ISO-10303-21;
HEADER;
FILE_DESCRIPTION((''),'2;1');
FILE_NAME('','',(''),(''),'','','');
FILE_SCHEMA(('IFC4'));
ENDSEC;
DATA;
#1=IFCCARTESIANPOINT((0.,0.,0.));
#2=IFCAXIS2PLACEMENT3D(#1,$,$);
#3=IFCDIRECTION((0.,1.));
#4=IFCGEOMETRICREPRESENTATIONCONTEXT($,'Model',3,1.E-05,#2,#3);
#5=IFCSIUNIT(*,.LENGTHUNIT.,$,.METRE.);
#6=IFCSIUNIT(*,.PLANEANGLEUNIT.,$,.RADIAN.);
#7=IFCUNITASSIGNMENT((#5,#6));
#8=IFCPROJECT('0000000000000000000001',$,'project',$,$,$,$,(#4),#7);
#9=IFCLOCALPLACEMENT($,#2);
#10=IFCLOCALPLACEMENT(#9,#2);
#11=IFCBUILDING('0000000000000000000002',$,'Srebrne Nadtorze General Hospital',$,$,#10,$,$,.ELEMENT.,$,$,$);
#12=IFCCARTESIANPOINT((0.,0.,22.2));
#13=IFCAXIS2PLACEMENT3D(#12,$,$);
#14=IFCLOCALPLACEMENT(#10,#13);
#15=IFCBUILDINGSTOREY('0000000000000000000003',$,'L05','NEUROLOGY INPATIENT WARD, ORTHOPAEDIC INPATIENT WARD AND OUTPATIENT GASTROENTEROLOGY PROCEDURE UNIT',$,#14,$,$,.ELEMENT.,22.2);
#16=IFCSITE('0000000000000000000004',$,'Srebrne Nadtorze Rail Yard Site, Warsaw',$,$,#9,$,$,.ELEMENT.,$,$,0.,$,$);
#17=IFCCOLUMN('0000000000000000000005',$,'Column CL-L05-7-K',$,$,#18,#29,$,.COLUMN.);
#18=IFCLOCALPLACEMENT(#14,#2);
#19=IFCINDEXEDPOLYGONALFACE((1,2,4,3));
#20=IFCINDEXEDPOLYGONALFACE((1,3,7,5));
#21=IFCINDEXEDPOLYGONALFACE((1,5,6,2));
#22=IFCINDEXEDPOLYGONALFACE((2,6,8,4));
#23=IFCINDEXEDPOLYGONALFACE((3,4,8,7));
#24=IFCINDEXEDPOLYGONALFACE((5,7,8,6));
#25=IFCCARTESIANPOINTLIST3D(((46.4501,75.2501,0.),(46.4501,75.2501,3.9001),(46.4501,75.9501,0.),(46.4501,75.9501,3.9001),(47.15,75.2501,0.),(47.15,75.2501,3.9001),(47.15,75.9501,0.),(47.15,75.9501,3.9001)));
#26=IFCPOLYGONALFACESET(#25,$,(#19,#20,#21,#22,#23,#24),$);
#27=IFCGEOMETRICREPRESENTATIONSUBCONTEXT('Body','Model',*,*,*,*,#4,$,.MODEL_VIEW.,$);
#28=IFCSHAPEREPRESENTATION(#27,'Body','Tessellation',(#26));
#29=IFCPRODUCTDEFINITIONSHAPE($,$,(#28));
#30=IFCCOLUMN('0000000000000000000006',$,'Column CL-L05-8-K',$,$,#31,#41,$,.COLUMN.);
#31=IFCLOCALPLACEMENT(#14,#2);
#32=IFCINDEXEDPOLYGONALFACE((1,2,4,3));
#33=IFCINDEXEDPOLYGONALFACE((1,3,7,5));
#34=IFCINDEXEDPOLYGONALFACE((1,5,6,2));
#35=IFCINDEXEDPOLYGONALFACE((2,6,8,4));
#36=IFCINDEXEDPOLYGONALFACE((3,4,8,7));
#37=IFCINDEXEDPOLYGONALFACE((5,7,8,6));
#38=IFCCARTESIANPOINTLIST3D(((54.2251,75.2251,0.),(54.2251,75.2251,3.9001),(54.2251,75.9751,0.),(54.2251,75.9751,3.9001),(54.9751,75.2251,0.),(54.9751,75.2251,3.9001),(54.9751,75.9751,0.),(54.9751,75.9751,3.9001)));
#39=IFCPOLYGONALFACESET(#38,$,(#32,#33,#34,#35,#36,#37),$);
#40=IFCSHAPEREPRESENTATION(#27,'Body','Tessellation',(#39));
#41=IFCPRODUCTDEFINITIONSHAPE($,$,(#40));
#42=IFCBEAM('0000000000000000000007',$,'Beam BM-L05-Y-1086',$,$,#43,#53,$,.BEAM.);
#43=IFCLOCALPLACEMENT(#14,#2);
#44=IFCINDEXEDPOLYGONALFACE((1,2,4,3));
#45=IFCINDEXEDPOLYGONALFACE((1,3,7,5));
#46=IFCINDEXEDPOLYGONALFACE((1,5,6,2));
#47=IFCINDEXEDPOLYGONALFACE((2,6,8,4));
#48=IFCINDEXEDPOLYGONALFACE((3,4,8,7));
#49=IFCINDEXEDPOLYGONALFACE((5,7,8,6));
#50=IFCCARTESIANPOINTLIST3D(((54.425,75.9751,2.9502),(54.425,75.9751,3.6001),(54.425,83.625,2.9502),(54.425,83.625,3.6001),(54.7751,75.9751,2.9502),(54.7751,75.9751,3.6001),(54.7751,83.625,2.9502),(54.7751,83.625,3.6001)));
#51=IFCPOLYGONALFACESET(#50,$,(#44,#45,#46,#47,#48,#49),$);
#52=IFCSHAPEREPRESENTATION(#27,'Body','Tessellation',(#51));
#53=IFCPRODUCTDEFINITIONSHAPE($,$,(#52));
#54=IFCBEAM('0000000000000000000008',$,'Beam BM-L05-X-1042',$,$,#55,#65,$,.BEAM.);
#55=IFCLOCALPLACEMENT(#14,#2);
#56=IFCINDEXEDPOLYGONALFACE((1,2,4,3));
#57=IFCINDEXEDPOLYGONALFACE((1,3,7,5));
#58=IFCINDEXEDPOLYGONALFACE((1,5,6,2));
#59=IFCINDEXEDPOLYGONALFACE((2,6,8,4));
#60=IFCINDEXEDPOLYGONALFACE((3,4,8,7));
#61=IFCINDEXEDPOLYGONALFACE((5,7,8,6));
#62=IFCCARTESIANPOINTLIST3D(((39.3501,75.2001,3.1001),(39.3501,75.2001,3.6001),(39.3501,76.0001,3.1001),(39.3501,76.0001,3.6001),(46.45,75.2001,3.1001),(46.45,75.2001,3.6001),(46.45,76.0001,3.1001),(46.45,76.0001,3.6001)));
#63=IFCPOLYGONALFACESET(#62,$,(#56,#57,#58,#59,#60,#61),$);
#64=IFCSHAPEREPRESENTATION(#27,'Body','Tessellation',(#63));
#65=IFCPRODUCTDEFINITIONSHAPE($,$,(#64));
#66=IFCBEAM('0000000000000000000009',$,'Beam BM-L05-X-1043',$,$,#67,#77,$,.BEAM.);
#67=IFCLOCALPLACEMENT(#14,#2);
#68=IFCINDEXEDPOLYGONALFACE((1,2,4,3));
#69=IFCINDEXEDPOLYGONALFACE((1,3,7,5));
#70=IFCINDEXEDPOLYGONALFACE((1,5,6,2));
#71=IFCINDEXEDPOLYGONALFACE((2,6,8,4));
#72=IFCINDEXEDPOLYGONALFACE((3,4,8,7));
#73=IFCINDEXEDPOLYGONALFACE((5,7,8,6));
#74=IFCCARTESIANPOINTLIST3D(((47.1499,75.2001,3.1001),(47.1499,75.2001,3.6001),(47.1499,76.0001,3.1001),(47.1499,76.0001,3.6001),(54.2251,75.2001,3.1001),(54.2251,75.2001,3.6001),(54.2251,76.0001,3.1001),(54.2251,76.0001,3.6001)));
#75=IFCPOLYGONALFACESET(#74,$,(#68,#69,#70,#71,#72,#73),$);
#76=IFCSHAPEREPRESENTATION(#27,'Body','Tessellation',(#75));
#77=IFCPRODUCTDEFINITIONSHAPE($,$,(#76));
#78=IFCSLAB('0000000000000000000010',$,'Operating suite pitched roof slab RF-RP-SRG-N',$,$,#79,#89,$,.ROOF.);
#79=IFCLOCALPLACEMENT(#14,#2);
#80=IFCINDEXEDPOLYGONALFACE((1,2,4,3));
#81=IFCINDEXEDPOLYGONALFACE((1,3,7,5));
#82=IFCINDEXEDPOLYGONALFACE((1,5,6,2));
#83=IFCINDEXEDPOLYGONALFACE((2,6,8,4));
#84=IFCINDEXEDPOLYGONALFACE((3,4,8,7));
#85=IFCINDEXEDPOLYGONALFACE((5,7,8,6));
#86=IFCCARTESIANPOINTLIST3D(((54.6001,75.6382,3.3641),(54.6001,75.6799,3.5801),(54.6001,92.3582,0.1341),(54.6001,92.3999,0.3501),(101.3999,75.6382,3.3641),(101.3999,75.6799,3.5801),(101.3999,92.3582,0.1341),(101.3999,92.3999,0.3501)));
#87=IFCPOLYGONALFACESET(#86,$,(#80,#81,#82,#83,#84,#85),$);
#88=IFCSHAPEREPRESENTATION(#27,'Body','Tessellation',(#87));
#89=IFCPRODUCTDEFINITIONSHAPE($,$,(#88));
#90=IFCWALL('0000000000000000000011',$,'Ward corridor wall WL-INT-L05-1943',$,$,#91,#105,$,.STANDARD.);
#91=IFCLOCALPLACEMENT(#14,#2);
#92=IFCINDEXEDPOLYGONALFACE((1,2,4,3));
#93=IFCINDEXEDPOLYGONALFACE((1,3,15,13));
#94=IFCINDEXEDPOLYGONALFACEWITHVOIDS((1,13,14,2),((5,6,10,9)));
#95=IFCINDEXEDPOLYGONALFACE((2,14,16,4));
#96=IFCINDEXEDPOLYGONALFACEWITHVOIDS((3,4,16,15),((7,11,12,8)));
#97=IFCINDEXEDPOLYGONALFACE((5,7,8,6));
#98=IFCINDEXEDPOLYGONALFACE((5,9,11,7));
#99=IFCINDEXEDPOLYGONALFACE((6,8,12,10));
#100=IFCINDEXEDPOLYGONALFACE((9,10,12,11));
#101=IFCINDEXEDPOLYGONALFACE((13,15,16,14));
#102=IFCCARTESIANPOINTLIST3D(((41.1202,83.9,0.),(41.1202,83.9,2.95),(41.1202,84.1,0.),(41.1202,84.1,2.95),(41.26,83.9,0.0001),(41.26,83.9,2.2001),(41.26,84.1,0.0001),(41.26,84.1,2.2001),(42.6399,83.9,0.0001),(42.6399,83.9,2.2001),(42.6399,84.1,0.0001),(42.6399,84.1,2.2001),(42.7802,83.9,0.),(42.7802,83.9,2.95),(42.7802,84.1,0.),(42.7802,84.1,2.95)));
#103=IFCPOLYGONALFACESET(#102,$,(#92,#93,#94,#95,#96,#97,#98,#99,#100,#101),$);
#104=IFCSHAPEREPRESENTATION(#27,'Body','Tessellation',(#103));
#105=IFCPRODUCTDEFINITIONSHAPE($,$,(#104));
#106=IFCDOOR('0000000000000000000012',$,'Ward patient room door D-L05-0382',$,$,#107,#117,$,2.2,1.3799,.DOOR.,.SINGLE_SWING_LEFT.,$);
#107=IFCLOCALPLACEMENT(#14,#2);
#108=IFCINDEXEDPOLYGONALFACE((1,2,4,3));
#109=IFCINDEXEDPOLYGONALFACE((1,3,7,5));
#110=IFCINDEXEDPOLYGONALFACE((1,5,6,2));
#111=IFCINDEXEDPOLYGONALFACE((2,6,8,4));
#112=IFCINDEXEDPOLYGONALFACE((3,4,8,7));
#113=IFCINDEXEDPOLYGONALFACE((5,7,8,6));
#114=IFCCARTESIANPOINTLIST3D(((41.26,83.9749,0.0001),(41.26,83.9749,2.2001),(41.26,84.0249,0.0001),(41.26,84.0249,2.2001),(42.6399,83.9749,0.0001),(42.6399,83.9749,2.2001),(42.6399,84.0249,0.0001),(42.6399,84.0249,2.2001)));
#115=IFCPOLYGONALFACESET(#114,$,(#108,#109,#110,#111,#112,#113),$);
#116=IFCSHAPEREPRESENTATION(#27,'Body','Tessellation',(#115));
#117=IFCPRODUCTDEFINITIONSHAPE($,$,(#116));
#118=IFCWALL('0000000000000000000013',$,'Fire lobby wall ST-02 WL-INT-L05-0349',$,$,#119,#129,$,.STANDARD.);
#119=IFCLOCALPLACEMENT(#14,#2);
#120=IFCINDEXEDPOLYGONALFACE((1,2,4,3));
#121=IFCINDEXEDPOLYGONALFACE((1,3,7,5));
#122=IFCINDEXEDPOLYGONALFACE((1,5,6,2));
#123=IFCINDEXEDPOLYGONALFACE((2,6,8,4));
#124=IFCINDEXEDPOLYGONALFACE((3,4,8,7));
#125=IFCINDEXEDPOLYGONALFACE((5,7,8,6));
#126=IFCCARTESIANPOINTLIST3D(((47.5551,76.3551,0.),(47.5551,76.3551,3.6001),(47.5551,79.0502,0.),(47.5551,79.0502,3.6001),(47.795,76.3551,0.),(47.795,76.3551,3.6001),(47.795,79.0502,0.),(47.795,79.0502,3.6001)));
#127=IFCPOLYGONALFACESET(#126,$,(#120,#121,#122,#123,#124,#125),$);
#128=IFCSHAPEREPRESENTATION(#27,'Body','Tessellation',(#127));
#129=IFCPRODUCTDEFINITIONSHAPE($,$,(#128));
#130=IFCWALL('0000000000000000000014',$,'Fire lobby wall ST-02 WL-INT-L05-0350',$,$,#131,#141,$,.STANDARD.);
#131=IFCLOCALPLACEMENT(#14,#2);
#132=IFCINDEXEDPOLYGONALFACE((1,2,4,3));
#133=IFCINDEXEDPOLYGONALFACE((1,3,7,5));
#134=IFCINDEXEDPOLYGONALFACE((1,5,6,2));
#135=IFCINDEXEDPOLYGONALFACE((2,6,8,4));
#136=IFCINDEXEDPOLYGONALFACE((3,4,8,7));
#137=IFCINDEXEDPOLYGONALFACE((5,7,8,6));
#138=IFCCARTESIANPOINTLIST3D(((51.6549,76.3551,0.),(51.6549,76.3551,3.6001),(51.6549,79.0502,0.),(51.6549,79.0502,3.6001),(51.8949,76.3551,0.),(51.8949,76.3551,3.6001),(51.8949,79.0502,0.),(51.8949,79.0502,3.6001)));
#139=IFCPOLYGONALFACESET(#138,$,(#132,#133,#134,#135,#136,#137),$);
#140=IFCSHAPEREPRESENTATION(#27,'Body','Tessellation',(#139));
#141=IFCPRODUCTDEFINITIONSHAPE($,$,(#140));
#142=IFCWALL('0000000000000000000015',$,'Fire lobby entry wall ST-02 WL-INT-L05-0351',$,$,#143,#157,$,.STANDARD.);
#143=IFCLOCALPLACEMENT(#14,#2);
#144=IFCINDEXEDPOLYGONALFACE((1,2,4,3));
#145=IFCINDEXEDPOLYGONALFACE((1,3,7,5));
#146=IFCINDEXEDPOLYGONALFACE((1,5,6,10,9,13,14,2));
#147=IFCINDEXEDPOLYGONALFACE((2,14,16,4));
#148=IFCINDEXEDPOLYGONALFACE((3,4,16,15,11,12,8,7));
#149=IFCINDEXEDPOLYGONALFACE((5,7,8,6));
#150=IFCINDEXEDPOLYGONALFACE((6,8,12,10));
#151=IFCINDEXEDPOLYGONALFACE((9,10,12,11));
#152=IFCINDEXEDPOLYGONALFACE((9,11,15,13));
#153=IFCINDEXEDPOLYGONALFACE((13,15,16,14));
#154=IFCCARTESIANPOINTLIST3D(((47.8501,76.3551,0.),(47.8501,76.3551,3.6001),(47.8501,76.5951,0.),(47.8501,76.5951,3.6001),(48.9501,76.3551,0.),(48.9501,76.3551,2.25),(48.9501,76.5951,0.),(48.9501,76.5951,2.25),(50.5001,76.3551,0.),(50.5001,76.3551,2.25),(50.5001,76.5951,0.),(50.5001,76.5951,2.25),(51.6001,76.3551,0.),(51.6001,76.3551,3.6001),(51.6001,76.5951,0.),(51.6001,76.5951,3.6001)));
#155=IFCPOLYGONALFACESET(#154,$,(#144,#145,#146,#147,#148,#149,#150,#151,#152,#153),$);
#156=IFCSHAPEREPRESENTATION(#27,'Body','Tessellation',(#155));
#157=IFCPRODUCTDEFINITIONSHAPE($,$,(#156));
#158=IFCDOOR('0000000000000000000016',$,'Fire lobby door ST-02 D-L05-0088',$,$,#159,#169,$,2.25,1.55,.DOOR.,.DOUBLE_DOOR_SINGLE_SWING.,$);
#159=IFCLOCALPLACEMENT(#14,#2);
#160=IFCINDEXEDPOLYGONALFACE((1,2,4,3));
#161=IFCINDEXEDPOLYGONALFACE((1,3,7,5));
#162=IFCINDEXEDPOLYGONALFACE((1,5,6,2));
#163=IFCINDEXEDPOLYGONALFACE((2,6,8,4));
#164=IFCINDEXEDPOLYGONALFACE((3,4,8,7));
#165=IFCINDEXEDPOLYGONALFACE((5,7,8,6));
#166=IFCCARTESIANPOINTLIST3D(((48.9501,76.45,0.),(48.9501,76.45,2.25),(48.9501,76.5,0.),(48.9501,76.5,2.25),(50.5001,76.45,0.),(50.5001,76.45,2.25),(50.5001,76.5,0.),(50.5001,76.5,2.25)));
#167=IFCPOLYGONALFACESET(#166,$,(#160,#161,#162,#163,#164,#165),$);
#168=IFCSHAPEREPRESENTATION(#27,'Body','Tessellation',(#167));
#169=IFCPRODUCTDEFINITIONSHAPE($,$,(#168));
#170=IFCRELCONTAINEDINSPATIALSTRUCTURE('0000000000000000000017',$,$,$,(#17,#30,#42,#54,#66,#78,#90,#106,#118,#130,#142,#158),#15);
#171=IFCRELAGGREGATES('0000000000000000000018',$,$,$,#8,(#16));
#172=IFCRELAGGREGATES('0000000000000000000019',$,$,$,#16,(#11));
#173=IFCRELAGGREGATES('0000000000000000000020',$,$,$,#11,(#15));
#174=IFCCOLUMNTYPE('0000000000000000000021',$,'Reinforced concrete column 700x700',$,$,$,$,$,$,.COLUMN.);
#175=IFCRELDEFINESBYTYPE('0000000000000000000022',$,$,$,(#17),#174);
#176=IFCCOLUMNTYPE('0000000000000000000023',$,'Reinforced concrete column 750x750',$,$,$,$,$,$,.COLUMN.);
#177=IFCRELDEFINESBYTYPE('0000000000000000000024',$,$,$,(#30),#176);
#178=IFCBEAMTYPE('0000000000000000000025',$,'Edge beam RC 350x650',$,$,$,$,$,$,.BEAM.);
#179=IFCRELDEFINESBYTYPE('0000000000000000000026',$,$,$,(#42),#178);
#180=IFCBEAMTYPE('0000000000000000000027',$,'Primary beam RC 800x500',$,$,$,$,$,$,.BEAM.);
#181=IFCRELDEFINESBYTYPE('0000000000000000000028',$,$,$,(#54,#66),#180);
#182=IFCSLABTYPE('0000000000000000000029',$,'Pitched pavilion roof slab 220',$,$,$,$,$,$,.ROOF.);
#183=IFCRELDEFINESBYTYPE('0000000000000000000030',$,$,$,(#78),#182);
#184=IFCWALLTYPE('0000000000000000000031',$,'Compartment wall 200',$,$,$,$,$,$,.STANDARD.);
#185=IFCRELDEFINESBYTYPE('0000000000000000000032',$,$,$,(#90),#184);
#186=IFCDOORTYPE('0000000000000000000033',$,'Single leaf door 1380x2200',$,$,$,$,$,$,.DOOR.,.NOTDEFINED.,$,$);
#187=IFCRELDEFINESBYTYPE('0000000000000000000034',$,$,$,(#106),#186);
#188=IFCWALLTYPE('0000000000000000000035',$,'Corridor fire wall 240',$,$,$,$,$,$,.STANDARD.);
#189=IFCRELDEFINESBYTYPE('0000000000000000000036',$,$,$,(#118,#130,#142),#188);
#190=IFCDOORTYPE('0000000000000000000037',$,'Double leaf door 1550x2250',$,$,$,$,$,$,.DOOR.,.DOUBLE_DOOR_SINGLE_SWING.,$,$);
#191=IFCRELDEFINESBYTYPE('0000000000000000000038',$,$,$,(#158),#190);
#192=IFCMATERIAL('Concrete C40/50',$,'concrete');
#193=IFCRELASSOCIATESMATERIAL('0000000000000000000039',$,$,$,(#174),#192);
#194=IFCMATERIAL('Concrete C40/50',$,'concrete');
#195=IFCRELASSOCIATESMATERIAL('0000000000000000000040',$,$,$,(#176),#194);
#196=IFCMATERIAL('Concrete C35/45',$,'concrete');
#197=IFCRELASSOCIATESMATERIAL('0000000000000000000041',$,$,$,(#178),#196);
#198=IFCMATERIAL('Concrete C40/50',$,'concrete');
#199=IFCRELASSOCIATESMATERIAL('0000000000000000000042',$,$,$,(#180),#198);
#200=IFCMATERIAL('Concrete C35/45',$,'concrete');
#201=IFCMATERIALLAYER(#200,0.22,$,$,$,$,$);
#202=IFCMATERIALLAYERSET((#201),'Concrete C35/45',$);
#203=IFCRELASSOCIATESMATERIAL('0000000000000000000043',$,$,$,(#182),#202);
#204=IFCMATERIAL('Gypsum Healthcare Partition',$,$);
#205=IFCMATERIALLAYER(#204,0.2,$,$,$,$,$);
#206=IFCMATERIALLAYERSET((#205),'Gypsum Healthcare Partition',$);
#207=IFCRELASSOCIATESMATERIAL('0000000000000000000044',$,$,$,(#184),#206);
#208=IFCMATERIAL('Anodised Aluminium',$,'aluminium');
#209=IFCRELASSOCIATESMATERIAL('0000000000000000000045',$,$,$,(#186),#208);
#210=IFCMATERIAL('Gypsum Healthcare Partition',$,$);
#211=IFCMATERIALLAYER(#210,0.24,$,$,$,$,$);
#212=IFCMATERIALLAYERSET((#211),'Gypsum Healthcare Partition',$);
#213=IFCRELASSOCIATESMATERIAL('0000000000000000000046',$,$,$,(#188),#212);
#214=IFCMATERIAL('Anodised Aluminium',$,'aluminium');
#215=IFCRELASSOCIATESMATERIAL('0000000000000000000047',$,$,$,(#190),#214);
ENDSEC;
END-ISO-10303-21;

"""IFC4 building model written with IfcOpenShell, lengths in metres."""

from ifc_helpers import new_model, si_unit, direction, frame, frame_2d, origin, origin_2d, place, context, subcontext, project, spatial, polyline, rectangle, outline, extrude, material, layer, layer_set, material_profile, profile_set, type_object, element, fill, save


model = new_model("IFC4")

# Units and contexts
model_context = context("Model", 3, precision=1e-05, world=origin(), true_north=direction((0.0, 1.0)))
body_context = subcontext(model_context, "Body", "Model", "MODEL_VIEW")
ifc_project = project(units=[si_unit("LENGTHUNIT", "METRE"), si_unit("PLANEANGLEUNIT", "RADIAN")], contexts=[model_context])

# Site, building, storey
site_placement = place(None, origin())
site = spatial("IfcSite", under=ifc_project, at=site_placement, Name="Srebrne Nadtorze Rail Yard Site, Warsaw", CompositionType="ELEMENT", RefElevation=0.0)
building_placement = place(site_placement, origin())
building = spatial("IfcBuilding", under=site, at=building_placement, Name="Srebrne Nadtorze General Hospital", CompositionType="ELEMENT")
storey_placement = place(building_placement, frame((0.0, 0.0, 22.2)))
storey = spatial("IfcBuildingStorey", under=building, at=storey_placement, Name="L05", Description="NEUROLOGY INPATIENT WARD, ORTHOPAEDIC INPATIENT WARD AND OUTPATIENT GASTROENTEROLOGY PROCEDURE UNIT", CompositionType="ELEMENT", Elevation=22.2)

# Columns
ifc_material_1 = material(Name="Concrete C40/50", Category="concrete")
ifc_material_profile_1 = material_profile(ifc_material_1, rectangle(XDim=0.7, YDim=0.7, at=origin_2d()), Name="RC-COL-700x700")
ifc_profile_set_1 = profile_set([ifc_material_profile_1], Name="Concrete C40/50")
column_type_1 = type_object("IfcColumnType", Name="Reinforced concrete column 700x700", PredefinedType="COLUMN", material=ifc_profile_set_1)
column_1_placement = place(storey_placement, frame((46.8, 75.6001, 0.0), z_axis=(0.0, 0.0, 1.0), x_axis=(1.0, 0.0, 0.0)))
element("IfcColumn", 1, at=column_1_placement, inside=storey, type_object=column_type_1, Name="Column CL-L05-7-K", PredefinedType="COLUMN", context=body_context, shape_type="SweptSolid", body=[
    extrude(rectangle(XDim=0.7, YDim=0.7, at=origin_2d()), origin(), (0.0, 0.0, 1.0), 3.9001),
])
ifc_material_2 = material(Name="Concrete C40/50", Category="concrete")
ifc_material_profile_2 = material_profile(ifc_material_2, rectangle(XDim=0.75, YDim=0.75, at=origin_2d()), Name="RC-COL-750x750")
ifc_profile_set_2 = profile_set([ifc_material_profile_2], Name="Concrete C40/50")
column_type_2 = type_object("IfcColumnType", Name="Reinforced concrete column 750x750", PredefinedType="COLUMN", material=ifc_profile_set_2)
column_2_placement = place(storey_placement, frame((54.6001, 75.6001, 0.0), z_axis=(0.0, 0.0, 1.0), x_axis=(1.0, 0.0, 0.0)))
element("IfcColumn", 2, at=column_2_placement, inside=storey, type_object=column_type_2, Name="Column CL-L05-8-K", PredefinedType="COLUMN", context=body_context, shape_type="SweptSolid", body=[
    extrude(rectangle(XDim=0.75, YDim=0.75, at=origin_2d()), origin(), (0.0, 0.0, 1.0), 3.9001),
])

# Beams
ifc_material_3 = material(Name="Concrete C35/45", Category="concrete")
ifc_material_profile_3 = material_profile(ifc_material_3, rectangle(XDim=0.3501, YDim=0.6499, at=origin_2d()), Name="RC-BM-350x650")
ifc_profile_set_3 = profile_set([ifc_material_profile_3], Name="Concrete C35/45")
beam_type_1 = type_object("IfcBeamType", Name="Edge beam RC 350x650", PredefinedType="BEAM", material=ifc_profile_set_3)
beam_1_placement = place(storey_placement, frame((54.6001, 75.9751, 3.2751), z_axis=(0.0, 1.0, 0.0), x_axis=(-1.0, 0.0, 0.0)))
element("IfcBeam", 3, at=beam_1_placement, inside=storey, type_object=beam_type_1, Name="Beam BM-L05-Y-1086", PredefinedType="BEAM", context=body_context, shape_type="SweptSolid", body=[
    extrude(rectangle(XDim=0.3501, YDim=0.6499, at=origin_2d()), origin(), (0.0, 0.0, 1.0), 7.6499),
])
ifc_material_4 = material(Name="Concrete C40/50", Category="concrete")
ifc_material_profile_4 = material_profile(ifc_material_4, rectangle(XDim=0.8, YDim=0.5, at=origin_2d()), Name="RC-BM-800x500")
ifc_profile_set_4 = profile_set([ifc_material_profile_4], Name="Concrete C40/50")
beam_type_2 = type_object("IfcBeamType", Name="Primary beam RC 800x500", PredefinedType="BEAM", material=ifc_profile_set_4)
beam_2_placement = place(storey_placement, frame((39.3501, 75.6001, 3.3501), z_axis=(1.0, 0.0, 0.0), x_axis=(0.0, 1.0, 0.0)))
element("IfcBeam", 4, at=beam_2_placement, inside=storey, type_object=beam_type_2, Name="Beam BM-L05-X-1042", PredefinedType="BEAM", context=body_context, shape_type="SweptSolid", body=[
    extrude(rectangle(XDim=0.8, YDim=0.5, at=origin_2d()), origin(), (0.0, 0.0, 1.0), 7.0999),
])
beam_3_placement = place(storey_placement, frame((47.1499, 75.6001, 3.3501), z_axis=(1.0, 0.0, 0.0), x_axis=(0.0, 1.0, 0.0)))
element("IfcBeam", 5, at=beam_3_placement, inside=storey, type_object=beam_type_2, Name="Beam BM-L05-X-1043", PredefinedType="BEAM", context=body_context, shape_type="SweptSolid", body=[
    extrude(rectangle(XDim=0.8, YDim=0.5, at=origin_2d()), origin(), (0.0, 0.0, 1.0), 7.0752),
])

# Slab
ifc_material_5 = material(Name="Concrete C35/45", Category="concrete")
ifc_layer_1 = layer(ifc_material_5, 0.22)
ifc_layer_set_1 = layer_set([ifc_layer_1], Name="Concrete C35/45")
slab_type = type_object("IfcSlabType", Name="Pitched pavilion roof slab 220", PredefinedType="ROOF", material=ifc_layer_set_1)
slab_placement = place(storey_placement, frame((54.6001, 75.6799, 3.5801), z_axis=(0.0, 0.189674, 0.981847), x_axis=(1.0, 0.0, 0.0)))
element("IfcSlab", 6, at=slab_placement, inside=storey, type_object=slab_type, Name="Operating suite pitched roof slab RF-RP-SRG-N", PredefinedType="ROOF", context=body_context, shape_type="SweptSolid", body=[
    extrude(outline(polyline([(0.0, 0.0), (46.7998, 0.0), (46.7998, 17.0291), (0.0, 17.0291), (0.0, 0.0)])), origin(), (0.0, 0.0, -1.0), 0.22),
])

# Wall, opening, door
ifc_material_6 = material(Name="Gypsum Healthcare Partition")
ifc_layer_2 = layer(ifc_material_6, 0.2)
ifc_layer_set_2 = layer_set([ifc_layer_2], Name="Gypsum Healthcare Partition")
wall_type_1 = type_object("IfcWallType", Name="Compartment wall 200", PredefinedType="STANDARD", material=ifc_layer_set_2)
wall_1_placement = place(storey_placement, frame((41.1201, 84.0, 0.0), z_axis=(0.0, 0.0, 1.0), x_axis=(1.0, 0.0, 0.0)))
wall_1 = element("IfcWall", 7, at=wall_1_placement, inside=storey, type_object=wall_type_1, Name="Ward corridor wall WL-INT-L05-1943", PredefinedType="STANDARD", context=body_context, shape_type="SweptSolid", body=[
    extrude(rectangle(XDim=1.6599, YDim=0.2, at=frame_2d((0.8301, 0.0))), origin(), (0.0, 0.0, 1.0), 2.95),
])
opening_1_placement = place(wall_1_placement, frame((0.1399, 0.0, 0.0)))
opening_1 = element("IfcOpeningElement", 8, at=opening_1_placement, cuts=wall_1, PredefinedType="OPENING", context=body_context, shape_type="SweptSolid", body=[
    extrude(rectangle(XDim=1.3799, YDim=2.2, at=frame_2d((0.6899, 1.1001))), frame((0.0, 0.1118, 0.0), z_axis=(0.0, -1.0, 0.0), x_axis=(1.0, 0.0, 0.0)), (0.0, 0.0, 1.0), 0.2239),
])
ifc_material_7 = material(Name="Anodised Aluminium", Category="aluminium")
door_type_1 = type_object("IfcDoorType", Name="Single leaf door 1380x2200", OperationType="NOTDEFINED", PredefinedType="DOOR", material=ifc_material_7)
door_1_placement = place(opening_1_placement, origin())
door_1 = element("IfcDoor", 9, at=door_1_placement, inside=storey, type_object=door_type_1, Name="Ward patient room door D-L05-0382", OperationType="SINGLE_SWING_LEFT", OverallHeight=2.2, OverallWidth=1.3799, PredefinedType="DOOR", context=body_context, shape_type="SweptSolid", body=[
    extrude(rectangle(XDim=1.3799, YDim=2.2, at=frame_2d((0.6899, 1.1001))), frame((0.0, 0.0249, 0.0), z_axis=(0.0, -1.0, 0.0), x_axis=(1.0, 0.0, 0.0)), (0.0, 0.0, 1.0), 0.05),
])
fill(opening_1, door_1)

# Walls
ifc_material_8 = material(Name="Gypsum Healthcare Partition")
ifc_layer_3 = layer(ifc_material_8, 0.24)
ifc_layer_set_3 = layer_set([ifc_layer_3], Name="Gypsum Healthcare Partition")
wall_type_2 = type_object("IfcWallType", Name="Corridor fire wall 240", PredefinedType="STANDARD", material=ifc_layer_set_3)
for number, where, z_axis, x_axis, name in (
    (10, (47.675, 76.355, 0.0), (0.0, 0.0, 1.0), (0.0, 1.0, 0.0), "Fire lobby wall ST-02 WL-INT-L05-0349"),
    (11, (51.7749, 76.355, 0.0), (0.0, 0.0, 1.0), (0.0, 1.0, 0.0), "Fire lobby wall ST-02 WL-INT-L05-0350"),
):
    element("IfcWall", number, at=place(storey_placement, frame(where, z_axis=z_axis, x_axis=x_axis)), inside=storey, type_object=wall_type_2, Name=name, PredefinedType="STANDARD", context=body_context, shape_type="SweptSolid", body=[
        extrude(rectangle(XDim=2.6951, YDim=0.24, at=frame_2d((1.3477, 0.0))), origin(), (0.0, 0.0, 1.0), 3.6001),
    ])

# Wall, opening, door
wall_2_placement = place(storey_placement, frame((47.8501, 76.4751, 0.0), z_axis=(0.0, 0.0, 1.0), x_axis=(1.0, 0.0, 0.0)))
wall_2 = element("IfcWall", 12, at=wall_2_placement, inside=storey, type_object=wall_type_2, Name="Fire lobby entry wall ST-02 WL-INT-L05-0351", PredefinedType="STANDARD", context=body_context, shape_type="SweptSolid", body=[
    extrude(rectangle(XDim=3.75, YDim=0.24, at=frame_2d((1.875, 0.0))), origin(), (0.0, 0.0, 1.0), 3.6001),
])
opening_2_placement = place(wall_2_placement, frame((1.1001, 0.0, 0.0)))
opening_2 = element("IfcOpeningElement", 13, at=opening_2_placement, cuts=wall_2, PredefinedType="OPENING", context=body_context, shape_type="SweptSolid", body=[
    extrude(rectangle(XDim=1.55, YDim=2.25, at=frame_2d((0.7749, 1.125))), frame((0.0, 0.1318, 0.0), z_axis=(0.0, -1.0, 0.0), x_axis=(1.0, 0.0, 0.0)), (0.0, 0.0, 1.0), 0.2639),
])
ifc_material_9 = material(Name="Anodised Aluminium", Category="aluminium")
door_type_2 = type_object("IfcDoorType", Name="Double leaf door 1550x2250", OperationType="DOUBLE_DOOR_SINGLE_SWING", PredefinedType="DOOR", material=ifc_material_9)
door_2_placement = place(opening_2_placement, origin())
door_2 = element("IfcDoor", 14, at=door_2_placement, inside=storey, type_object=door_type_2, Name="Fire lobby door ST-02 D-L05-0088", OperationType="DOUBLE_DOOR_SINGLE_SWING", OverallHeight=2.25, OverallWidth=1.55, PredefinedType="DOOR", context=body_context, shape_type="SweptSolid", body=[
    extrude(rectangle(XDim=1.55, YDim=2.25, at=frame_2d((0.7749, 1.125))), frame((0.0, 0.0249, 0.0), z_axis=(0.0, -1.0, 0.0), x_axis=(1.0, 0.0, 0.0)), (0.0, 0.0, 1.0), 0.05),
])
fill(opening_2, door_2)

save(model, "model.ifc")
